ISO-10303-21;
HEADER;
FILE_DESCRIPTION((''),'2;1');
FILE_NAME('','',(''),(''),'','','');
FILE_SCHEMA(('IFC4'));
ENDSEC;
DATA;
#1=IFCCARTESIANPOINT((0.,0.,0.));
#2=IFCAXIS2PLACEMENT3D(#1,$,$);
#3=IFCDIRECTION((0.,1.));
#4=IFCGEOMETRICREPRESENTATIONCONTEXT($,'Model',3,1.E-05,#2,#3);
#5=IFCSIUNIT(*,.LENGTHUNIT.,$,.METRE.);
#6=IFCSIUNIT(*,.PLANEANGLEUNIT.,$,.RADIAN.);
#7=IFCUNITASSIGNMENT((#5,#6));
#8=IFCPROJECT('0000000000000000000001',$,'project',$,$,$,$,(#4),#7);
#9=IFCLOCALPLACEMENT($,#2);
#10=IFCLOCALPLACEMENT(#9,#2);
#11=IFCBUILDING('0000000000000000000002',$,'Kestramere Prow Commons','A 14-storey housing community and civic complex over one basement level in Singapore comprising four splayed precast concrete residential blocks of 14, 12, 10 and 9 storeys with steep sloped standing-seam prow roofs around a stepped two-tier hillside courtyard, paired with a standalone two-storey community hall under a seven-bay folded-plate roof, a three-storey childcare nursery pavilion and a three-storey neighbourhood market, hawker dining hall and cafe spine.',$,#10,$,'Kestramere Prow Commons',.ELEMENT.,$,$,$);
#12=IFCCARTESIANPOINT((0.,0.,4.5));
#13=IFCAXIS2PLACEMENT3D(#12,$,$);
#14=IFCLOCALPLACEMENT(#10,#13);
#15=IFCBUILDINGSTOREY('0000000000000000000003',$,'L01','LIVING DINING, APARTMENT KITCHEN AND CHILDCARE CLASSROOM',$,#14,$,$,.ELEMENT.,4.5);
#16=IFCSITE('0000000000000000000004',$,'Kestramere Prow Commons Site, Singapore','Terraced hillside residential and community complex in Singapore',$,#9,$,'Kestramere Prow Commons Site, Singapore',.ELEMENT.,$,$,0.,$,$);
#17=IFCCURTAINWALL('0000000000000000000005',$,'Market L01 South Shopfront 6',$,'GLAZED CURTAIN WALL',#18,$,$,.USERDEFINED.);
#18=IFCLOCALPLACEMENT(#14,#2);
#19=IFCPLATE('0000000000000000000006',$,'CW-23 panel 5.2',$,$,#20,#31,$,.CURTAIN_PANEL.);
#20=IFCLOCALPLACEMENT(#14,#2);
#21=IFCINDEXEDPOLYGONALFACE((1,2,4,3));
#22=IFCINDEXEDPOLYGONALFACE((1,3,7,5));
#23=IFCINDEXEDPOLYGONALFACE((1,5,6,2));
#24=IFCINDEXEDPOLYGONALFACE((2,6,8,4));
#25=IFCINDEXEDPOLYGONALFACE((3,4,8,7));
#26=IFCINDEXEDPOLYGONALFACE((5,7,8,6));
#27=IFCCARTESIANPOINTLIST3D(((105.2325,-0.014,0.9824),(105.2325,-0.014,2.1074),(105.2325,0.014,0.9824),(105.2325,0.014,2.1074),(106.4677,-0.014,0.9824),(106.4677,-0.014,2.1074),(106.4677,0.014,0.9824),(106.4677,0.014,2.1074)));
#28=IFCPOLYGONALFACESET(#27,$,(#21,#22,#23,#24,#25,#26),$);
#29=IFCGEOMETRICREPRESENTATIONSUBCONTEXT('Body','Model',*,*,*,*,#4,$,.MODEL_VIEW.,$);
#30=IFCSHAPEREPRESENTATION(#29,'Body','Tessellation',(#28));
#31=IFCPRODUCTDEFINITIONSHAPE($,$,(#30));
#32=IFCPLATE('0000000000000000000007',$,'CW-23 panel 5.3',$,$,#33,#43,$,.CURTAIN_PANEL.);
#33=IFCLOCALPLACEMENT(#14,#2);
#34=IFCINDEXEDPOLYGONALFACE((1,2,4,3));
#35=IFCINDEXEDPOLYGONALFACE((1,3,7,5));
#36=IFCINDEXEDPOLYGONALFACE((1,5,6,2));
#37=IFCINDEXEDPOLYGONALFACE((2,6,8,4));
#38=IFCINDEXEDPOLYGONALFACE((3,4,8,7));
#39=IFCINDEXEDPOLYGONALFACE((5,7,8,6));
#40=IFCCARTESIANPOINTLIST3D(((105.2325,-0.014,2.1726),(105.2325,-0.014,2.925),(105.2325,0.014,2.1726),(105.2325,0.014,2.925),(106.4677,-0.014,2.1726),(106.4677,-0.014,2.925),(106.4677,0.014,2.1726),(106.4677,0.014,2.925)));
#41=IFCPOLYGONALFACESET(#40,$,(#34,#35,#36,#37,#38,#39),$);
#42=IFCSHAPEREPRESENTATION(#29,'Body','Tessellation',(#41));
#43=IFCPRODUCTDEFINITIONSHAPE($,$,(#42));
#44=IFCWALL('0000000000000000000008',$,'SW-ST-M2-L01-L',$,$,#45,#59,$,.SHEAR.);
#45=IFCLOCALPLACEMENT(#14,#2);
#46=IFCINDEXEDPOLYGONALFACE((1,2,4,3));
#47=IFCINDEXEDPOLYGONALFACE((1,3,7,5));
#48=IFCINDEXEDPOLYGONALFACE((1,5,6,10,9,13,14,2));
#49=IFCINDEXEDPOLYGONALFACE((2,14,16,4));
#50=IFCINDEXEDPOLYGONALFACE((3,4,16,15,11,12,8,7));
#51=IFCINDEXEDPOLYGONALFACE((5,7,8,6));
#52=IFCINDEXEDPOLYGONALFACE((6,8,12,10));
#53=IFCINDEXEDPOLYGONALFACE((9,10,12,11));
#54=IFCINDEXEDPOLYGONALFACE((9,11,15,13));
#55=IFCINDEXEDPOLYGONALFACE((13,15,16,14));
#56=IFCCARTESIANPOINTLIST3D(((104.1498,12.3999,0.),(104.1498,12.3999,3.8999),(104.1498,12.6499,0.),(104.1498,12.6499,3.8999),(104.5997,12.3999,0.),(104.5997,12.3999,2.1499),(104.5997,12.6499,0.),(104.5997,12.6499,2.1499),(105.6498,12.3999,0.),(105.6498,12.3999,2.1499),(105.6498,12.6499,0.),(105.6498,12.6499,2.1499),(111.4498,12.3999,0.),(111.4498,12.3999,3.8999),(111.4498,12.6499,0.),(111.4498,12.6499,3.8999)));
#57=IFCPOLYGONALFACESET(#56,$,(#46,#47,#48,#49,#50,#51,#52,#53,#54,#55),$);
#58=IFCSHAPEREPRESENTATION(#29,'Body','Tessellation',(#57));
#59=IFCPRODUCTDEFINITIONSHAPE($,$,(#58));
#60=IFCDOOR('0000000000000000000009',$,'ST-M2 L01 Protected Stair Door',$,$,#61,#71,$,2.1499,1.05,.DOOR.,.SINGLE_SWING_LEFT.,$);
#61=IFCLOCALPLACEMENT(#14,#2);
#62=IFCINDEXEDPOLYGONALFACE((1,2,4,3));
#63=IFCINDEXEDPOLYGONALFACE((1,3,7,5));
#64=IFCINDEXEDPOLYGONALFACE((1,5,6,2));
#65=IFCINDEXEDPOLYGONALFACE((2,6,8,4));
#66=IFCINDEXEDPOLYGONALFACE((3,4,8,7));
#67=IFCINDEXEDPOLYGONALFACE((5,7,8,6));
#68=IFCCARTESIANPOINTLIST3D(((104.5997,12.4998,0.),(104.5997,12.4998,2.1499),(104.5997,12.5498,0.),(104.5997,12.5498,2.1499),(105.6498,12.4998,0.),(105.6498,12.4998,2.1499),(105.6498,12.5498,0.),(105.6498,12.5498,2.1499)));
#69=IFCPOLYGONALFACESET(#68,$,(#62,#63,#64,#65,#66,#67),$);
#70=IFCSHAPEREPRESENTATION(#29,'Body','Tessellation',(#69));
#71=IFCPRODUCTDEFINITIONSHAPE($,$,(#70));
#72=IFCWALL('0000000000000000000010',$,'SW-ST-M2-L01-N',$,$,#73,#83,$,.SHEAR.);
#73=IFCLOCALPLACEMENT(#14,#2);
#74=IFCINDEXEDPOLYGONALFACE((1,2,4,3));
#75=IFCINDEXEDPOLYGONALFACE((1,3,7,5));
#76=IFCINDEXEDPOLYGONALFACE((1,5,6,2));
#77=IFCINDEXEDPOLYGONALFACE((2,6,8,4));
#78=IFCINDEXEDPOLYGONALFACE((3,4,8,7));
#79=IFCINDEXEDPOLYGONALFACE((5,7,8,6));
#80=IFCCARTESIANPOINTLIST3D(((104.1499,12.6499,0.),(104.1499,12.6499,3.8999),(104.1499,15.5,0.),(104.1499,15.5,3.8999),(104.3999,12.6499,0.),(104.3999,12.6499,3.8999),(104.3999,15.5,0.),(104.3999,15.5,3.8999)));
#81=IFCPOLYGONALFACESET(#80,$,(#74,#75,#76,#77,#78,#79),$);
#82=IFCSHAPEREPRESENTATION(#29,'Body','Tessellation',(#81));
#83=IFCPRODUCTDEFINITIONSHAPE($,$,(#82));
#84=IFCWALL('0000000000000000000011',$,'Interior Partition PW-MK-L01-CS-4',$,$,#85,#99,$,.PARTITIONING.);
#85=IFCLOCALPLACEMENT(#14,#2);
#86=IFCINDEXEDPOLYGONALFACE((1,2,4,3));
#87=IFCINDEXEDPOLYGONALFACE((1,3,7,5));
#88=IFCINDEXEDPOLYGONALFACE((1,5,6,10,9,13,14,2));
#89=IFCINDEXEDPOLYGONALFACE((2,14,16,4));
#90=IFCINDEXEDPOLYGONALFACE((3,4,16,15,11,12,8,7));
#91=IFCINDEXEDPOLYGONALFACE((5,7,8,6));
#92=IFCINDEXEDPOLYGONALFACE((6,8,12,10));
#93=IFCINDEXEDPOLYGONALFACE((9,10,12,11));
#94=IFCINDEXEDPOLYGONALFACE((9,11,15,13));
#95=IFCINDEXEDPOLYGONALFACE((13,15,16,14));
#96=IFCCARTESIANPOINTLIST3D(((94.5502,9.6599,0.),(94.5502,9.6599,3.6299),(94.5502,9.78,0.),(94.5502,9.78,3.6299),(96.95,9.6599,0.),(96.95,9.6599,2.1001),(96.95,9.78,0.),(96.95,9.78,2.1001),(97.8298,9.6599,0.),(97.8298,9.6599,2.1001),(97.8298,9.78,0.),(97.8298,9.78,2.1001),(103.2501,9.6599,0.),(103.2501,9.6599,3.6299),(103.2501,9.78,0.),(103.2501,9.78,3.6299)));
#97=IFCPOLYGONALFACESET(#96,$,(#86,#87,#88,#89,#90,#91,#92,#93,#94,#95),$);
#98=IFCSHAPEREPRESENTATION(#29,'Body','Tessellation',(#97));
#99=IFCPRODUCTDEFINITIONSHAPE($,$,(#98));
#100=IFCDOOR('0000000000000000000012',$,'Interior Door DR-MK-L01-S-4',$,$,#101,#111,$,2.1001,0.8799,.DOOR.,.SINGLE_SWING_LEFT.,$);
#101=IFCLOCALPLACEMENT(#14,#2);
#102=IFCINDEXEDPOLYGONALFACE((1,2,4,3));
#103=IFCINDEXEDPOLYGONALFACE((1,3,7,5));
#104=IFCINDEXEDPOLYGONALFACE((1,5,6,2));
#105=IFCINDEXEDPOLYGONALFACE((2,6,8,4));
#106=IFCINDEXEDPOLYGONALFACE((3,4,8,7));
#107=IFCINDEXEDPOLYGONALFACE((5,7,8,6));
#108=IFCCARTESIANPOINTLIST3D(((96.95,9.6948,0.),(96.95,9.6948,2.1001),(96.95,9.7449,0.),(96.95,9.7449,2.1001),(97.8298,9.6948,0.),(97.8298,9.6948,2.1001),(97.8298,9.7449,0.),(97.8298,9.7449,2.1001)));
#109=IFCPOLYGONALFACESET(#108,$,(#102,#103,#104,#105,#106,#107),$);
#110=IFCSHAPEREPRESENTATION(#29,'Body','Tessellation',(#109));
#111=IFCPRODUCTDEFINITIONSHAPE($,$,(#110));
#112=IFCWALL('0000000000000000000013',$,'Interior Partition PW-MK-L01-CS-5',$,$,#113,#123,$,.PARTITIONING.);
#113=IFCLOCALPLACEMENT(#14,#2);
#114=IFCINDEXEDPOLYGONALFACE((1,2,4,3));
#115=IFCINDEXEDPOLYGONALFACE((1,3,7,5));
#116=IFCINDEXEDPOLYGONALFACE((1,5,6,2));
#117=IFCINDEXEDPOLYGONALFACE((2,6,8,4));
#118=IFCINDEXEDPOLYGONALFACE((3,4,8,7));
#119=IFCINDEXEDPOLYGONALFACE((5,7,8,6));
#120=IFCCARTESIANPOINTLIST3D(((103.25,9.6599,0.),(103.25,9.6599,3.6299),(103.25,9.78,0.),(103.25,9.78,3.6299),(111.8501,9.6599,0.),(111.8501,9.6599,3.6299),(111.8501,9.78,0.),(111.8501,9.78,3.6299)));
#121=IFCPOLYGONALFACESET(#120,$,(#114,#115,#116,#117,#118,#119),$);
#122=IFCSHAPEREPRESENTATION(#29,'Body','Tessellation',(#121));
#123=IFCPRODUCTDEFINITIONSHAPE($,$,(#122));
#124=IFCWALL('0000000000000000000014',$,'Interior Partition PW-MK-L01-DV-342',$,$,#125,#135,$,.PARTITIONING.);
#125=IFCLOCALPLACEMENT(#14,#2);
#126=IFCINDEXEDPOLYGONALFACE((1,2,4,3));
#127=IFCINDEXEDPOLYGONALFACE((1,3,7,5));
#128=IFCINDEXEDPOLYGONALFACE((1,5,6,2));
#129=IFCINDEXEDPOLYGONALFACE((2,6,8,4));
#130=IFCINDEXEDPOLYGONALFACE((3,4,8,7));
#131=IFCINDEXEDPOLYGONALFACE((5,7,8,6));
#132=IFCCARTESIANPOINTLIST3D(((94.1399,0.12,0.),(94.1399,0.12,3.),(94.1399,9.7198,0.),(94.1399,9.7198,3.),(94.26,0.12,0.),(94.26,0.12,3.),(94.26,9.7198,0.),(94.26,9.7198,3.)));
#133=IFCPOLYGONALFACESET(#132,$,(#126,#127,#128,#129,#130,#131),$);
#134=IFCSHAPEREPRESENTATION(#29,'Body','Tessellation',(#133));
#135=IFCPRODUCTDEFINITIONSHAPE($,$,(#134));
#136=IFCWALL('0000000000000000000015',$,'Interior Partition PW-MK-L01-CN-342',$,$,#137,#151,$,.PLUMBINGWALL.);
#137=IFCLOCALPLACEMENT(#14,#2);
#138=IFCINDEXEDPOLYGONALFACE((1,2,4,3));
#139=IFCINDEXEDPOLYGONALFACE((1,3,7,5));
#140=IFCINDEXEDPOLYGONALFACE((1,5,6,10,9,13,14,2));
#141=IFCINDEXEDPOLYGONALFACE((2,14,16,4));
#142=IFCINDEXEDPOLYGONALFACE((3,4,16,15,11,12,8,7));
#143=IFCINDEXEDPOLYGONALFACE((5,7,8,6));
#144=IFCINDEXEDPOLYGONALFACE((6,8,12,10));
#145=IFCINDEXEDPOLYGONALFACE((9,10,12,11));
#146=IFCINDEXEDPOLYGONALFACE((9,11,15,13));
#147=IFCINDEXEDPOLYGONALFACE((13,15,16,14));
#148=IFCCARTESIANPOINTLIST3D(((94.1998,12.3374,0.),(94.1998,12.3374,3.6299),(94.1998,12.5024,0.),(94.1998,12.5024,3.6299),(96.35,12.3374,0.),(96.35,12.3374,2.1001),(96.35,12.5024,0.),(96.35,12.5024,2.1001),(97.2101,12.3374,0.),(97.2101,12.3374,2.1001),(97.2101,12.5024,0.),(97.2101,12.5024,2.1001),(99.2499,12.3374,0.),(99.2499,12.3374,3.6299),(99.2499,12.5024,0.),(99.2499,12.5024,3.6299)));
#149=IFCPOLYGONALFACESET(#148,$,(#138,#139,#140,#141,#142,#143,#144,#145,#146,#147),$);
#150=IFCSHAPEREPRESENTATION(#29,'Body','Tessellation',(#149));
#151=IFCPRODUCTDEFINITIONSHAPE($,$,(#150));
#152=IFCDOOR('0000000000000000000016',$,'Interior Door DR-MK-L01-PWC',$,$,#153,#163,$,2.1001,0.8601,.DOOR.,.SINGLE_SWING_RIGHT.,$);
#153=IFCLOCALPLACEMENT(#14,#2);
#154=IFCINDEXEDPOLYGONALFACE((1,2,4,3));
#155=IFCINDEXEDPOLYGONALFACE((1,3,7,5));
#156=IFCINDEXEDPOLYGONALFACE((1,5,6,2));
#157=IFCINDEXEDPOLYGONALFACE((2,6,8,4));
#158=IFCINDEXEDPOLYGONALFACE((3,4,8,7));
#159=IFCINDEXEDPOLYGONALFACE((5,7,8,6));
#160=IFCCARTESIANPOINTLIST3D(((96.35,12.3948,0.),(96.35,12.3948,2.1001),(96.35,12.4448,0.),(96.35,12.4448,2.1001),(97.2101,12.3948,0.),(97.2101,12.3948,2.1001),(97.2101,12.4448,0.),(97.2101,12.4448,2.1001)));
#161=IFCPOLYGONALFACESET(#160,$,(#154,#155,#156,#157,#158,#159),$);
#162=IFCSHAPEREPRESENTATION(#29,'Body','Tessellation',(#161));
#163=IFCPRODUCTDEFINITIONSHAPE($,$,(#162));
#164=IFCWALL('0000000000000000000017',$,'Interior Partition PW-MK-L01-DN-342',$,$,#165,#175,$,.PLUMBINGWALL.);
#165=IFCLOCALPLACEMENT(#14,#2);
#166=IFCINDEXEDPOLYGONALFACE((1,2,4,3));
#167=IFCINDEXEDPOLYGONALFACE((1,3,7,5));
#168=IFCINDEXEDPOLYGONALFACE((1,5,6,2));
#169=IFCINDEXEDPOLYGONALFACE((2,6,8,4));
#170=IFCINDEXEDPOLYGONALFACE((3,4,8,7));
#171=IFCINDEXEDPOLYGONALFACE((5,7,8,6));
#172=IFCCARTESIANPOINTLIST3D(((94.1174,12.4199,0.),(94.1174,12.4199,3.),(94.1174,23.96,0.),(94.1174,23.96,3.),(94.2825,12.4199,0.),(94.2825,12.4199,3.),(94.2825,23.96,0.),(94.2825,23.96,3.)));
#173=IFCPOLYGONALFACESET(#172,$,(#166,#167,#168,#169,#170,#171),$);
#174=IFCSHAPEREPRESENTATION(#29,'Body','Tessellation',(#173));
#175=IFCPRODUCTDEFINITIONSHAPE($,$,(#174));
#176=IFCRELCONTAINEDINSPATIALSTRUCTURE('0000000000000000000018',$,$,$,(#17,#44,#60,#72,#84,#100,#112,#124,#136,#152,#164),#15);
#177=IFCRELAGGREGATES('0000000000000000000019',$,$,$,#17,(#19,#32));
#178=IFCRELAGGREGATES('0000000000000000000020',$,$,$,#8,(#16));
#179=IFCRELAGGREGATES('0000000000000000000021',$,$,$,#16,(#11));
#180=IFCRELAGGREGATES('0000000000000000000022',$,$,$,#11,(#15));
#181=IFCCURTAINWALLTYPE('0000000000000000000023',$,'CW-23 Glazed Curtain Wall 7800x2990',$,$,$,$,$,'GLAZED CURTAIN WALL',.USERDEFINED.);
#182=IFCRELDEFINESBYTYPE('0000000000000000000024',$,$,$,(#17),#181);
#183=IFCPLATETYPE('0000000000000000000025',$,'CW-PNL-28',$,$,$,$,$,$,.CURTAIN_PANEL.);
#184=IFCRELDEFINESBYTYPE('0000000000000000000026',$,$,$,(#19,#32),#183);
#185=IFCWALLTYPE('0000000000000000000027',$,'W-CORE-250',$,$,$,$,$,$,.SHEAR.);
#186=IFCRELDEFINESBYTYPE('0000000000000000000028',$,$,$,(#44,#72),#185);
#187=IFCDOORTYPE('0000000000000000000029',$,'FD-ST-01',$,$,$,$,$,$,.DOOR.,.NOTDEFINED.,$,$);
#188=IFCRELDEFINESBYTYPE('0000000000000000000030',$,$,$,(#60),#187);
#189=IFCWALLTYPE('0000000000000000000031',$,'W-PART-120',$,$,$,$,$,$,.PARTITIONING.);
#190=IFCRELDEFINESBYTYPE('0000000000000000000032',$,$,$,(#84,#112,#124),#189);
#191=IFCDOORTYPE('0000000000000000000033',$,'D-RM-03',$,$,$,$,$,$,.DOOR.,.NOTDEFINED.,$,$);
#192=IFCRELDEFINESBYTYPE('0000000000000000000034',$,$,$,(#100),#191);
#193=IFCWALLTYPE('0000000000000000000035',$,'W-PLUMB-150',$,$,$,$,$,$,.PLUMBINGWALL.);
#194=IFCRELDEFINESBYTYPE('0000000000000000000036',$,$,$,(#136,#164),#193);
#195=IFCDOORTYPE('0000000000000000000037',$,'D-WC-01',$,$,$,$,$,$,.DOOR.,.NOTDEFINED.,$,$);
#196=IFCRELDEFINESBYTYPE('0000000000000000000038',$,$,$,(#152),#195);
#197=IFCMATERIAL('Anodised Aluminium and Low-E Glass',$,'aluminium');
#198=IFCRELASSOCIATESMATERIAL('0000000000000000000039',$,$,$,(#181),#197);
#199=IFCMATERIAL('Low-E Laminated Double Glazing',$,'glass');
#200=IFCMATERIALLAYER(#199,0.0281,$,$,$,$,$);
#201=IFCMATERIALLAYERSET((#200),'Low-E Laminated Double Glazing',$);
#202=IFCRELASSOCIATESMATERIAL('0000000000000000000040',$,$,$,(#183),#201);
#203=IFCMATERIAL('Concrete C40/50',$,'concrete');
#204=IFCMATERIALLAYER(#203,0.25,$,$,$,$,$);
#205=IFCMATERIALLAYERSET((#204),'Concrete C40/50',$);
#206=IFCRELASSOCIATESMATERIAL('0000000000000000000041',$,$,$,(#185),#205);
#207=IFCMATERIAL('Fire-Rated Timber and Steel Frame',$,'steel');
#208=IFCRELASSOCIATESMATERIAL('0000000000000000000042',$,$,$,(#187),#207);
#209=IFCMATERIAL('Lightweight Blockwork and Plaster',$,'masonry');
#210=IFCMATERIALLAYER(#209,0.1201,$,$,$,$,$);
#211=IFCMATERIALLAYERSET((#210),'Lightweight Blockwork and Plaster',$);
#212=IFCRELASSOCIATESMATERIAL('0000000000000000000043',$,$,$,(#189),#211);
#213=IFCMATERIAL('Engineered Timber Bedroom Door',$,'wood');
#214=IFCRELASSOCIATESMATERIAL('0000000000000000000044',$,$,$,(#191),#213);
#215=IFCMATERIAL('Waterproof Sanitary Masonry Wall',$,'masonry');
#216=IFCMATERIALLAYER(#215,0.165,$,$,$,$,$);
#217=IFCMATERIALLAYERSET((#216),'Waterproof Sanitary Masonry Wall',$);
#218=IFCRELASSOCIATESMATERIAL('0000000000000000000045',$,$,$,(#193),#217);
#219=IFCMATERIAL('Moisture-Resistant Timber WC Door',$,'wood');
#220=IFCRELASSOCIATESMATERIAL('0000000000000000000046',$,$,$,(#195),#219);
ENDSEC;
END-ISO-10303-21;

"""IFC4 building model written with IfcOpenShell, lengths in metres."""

from ifc_helpers import new_model, si_unit, direction, frame, frame_2d, origin, origin_2d, place, context, subcontext, project, spatial, rectangle, extrude, material, layer, layer_set, type_object, element, fill, aggregate, save


model = new_model("IFC4")

# Units and contexts
model_context = context("Model", 3, precision=1e-05, world=origin(), true_north=direction((0.0, 1.0)))
body_context = subcontext(model_context, "Body", "Model", "MODEL_VIEW")
ifc_project = project(units=[si_unit("LENGTHUNIT", "METRE"), si_unit("PLANEANGLEUNIT", "RADIAN")], contexts=[model_context])

# Site, building, storey
site_placement = place(None, origin())
site = spatial("IfcSite", under=ifc_project, at=site_placement, Name="Kestramere Prow Commons Site, Singapore", Description="Terraced hillside residential and community complex in Singapore", LongName="Kestramere Prow Commons Site, Singapore", CompositionType="ELEMENT", RefElevation=0.0)
building_placement = place(site_placement, origin())
building = spatial("IfcBuilding", under=site, at=building_placement, Name="Kestramere Prow Commons", Description="A 14-storey housing community and civic complex over one basement level in Singapore comprising four splayed precast concrete residential blocks of 14, 12, 10 and 9 storeys with steep sloped standing-seam prow roofs around a stepped two-tier hillside courtyard, paired with a standalone two-storey community hall under a seven-bay folded-plate roof, a three-storey childcare nursery pavilion and a three-storey neighbourhood market, hawker dining hall and cafe spine.", LongName="Kestramere Prow Commons", CompositionType="ELEMENT")
storey_placement = place(building_placement, frame((0.0, 0.0, 4.5)))
storey = spatial("IfcBuildingStorey", under=building, at=storey_placement, Name="L01", Description="LIVING DINING, APARTMENT KITCHEN AND CHILDCARE CLASSROOM", CompositionType="ELEMENT", Elevation=4.5)

# Curtain wall, plates
ifc_material_1 = material(Name="Anodised Aluminium and Low-E Glass", Category="aluminium")
curtain_wall_type = type_object("IfcCurtainWallType", Name="CW-23 Glazed Curtain Wall 7800x2990", ElementType="GLAZED CURTAIN WALL", PredefinedType="USERDEFINED", material=ifc_material_1)
curtain_wall_placement = place(storey_placement, origin())
curtain_wall = element("IfcCurtainWall", 1, at=curtain_wall_placement, inside=storey, type_object=curtain_wall_type, Name="Market L01 South Shopfront 6", ObjectType="GLAZED CURTAIN WALL", PredefinedType="USERDEFINED")
ifc_material_2 = material(Name="Low-E Laminated Double Glazing", Category="glass")
ifc_layer_1 = layer(ifc_material_2, 0.0281)
ifc_layer_set_1 = layer_set([ifc_layer_1], Name="Low-E Laminated Double Glazing")
plate_type = type_object("IfcPlateType", Name="CW-PNL-28", PredefinedType="CURTAIN_PANEL", material=ifc_layer_set_1)
plate_1_placement = place(storey_placement, frame((105.8501, 0.0, 0.9824), z_axis=(0.0, 0.0, 1.0), x_axis=(-1.0, 0.0, 0.0)))
plate_1 = element("IfcPlate", 2, at=plate_1_placement, type_object=plate_type, Name="CW-23 panel 5.2", PredefinedType="CURTAIN_PANEL", context=body_context, shape_type="SweptSolid", body=[
    extrude(rectangle(XDim=1.2351, YDim=0.0281, at=origin_2d()), origin(), (0.0, 0.0, 1.0), 1.125),
])
plate_2_placement = place(storey_placement, frame((105.8501, 0.0, 2.1726), z_axis=(0.0, 0.0, 1.0), x_axis=(-1.0, 0.0, 0.0)))
plate_2 = element("IfcPlate", 3, at=plate_2_placement, type_object=plate_type, Name="CW-23 panel 5.3", PredefinedType="CURTAIN_PANEL", context=body_context, shape_type="SweptSolid", body=[
    extrude(rectangle(XDim=1.2351, YDim=0.0281, at=origin_2d()), origin(), (0.0, 0.0, 1.0), 0.7524),
])
aggregate(curtain_wall, [plate_1, plate_2])

# Wall, opening, door
ifc_material_3 = material(Name="Concrete C40/50", Category="concrete")
ifc_layer_2 = layer(ifc_material_3, 0.25)
ifc_layer_set_2 = layer_set([ifc_layer_2], Name="Concrete C40/50")
wall_type_1 = type_object("IfcWallType", Name="W-CORE-250", PredefinedType="SHEAR", material=ifc_layer_set_2)
wall_1_placement = place(storey_placement, frame((104.1499, 12.5249, 0.0), z_axis=(0.0, 0.0, 1.0), x_axis=(1.0, 0.0, 0.0)))
wall_1 = element("IfcWall", 4, at=wall_1_placement, inside=storey, type_object=wall_type_1, Name="SW-ST-M2-L01-L", PredefinedType="SHEAR", context=body_context, shape_type="SweptSolid", body=[
    extrude(rectangle(XDim=7.3, YDim=0.25, at=frame_2d((3.6499, 0.0))), origin(), (0.0, 0.0, 1.0), 3.8999),
])
opening_1_placement = place(wall_1_placement, frame((0.45, 0.0, 0.0)))
opening_1 = element("IfcOpeningElement", 5, at=opening_1_placement, cuts=wall_1, PredefinedType="OPENING", context=body_context, shape_type="SweptSolid", body=[
    extrude(rectangle(XDim=1.05, YDim=2.1499, at=frame_2d((0.5249, 1.075))), frame((0.0, 0.1399, 0.0), z_axis=(0.0, -1.0, 0.0), x_axis=(1.0, 0.0, 0.0)), (0.0, 0.0, 1.0), 0.28),
])
ifc_material_4 = material(Name="Fire-Rated Timber and Steel Frame", Category="steel")
door_type_1 = type_object("IfcDoorType", Name="FD-ST-01", OperationType="NOTDEFINED", PredefinedType="DOOR", material=ifc_material_4)
door_1_placement = place(opening_1_placement, origin())
door_1 = element("IfcDoor", 6, at=door_1_placement, inside=storey, type_object=door_type_1, Name="ST-M2 L01 Protected Stair Door", OperationType="SINGLE_SWING_LEFT", OverallHeight=2.1499, OverallWidth=1.05, PredefinedType="DOOR", context=body_context, shape_type="SweptSolid", body=[
    extrude(rectangle(XDim=1.05, YDim=2.1499, at=frame_2d((0.5249, 1.075))), frame((0.0, 0.0249, 0.0), z_axis=(0.0, -1.0, 0.0), x_axis=(1.0, 0.0, 0.0)), (0.0, 0.0, 1.0), 0.05),
])
fill(opening_1, door_1)

# Wall
wall_2_placement = place(storey_placement, frame((104.2749, 12.6499, 0.0), z_axis=(0.0, 0.0, 1.0), x_axis=(0.0, 1.0, 0.0)))
element("IfcWall", 7, at=wall_2_placement, inside=storey, type_object=wall_type_1, Name="SW-ST-M2-L01-N", PredefinedType="SHEAR", context=body_context, shape_type="SweptSolid", body=[
    extrude(rectangle(XDim=2.8501, YDim=0.25, at=frame_2d((1.425, 0.0))), origin(), (0.0, 0.0, 1.0), 3.8999),
])

# Wall, opening, door
ifc_material_5 = material(Name="Lightweight Blockwork and Plaster", Category="masonry")
ifc_layer_3 = layer(ifc_material_5, 0.1201)
ifc_layer_set_3 = layer_set([ifc_layer_3], Name="Lightweight Blockwork and Plaster")
wall_type_2 = type_object("IfcWallType", Name="W-PART-120", PredefinedType="PARTITIONING", material=ifc_layer_set_3)
wall_3_placement = place(storey_placement, frame((94.55, 9.72, 0.0), z_axis=(0.0, 0.0, 1.0), x_axis=(1.0, 0.0, 0.0)))
wall_3 = element("IfcWall", 8, at=wall_3_placement, inside=storey, type_object=wall_type_2, Name="Interior Partition PW-MK-L01-CS-4", PredefinedType="PARTITIONING", context=body_context, shape_type="SweptSolid", body=[
    extrude(rectangle(XDim=8.7, YDim=0.1201, at=frame_2d((4.3501, 0.0))), origin(), (0.0, 0.0, 1.0), 3.6299),
])
opening_2_placement = place(wall_3_placement, frame((2.3999, 0.0, 0.0)))
opening_2 = element("IfcOpeningElement", 9, at=opening_2_placement, cuts=wall_3, PredefinedType="OPENING", context=body_context, shape_type="SweptSolid", body=[
    extrude(rectangle(XDim=0.8799, YDim=2.1001, at=frame_2d((0.4399, 1.05))), frame((0.0, 0.075, 0.0), z_axis=(0.0, -1.0, 0.0), x_axis=(1.0, 0.0, 0.0)), (0.0, 0.0, 1.0), 0.1501),
])
ifc_material_6 = material(Name="Engineered Timber Bedroom Door", Category="wood")
door_type_2 = type_object("IfcDoorType", Name="D-RM-03", OperationType="NOTDEFINED", PredefinedType="DOOR", material=ifc_material_6)
door_2_placement = place(opening_2_placement, origin())
door_2 = element("IfcDoor", 10, at=door_2_placement, inside=storey, type_object=door_type_2, Name="Interior Door DR-MK-L01-S-4", OperationType="SINGLE_SWING_LEFT", OverallHeight=2.1001, OverallWidth=0.8799, PredefinedType="DOOR", context=body_context, shape_type="SweptSolid", body=[
    extrude(rectangle(XDim=0.8799, YDim=2.1001, at=frame_2d((0.4399, 1.05))), frame((0.0, 0.0249, 0.0), z_axis=(0.0, -1.0, 0.0), x_axis=(1.0, 0.0, 0.0)), (0.0, 0.0, 1.0), 0.05),
])
fill(opening_2, door_2)

# Walls
wall_4_placement = place(storey_placement, frame((103.25, 9.72, 0.0), z_axis=(0.0, 0.0, 1.0), x_axis=(1.0, 0.0, 0.0)))
element("IfcWall", 11, at=wall_4_placement, inside=storey, type_object=wall_type_2, Name="Interior Partition PW-MK-L01-CS-5", PredefinedType="PARTITIONING", context=body_context, shape_type="SweptSolid", body=[
    extrude(rectangle(XDim=8.6001, YDim=0.1201, at=frame_2d((4.3, 0.0))), origin(), (0.0, 0.0, 1.0), 3.6299),
])
wall_5_placement = place(storey_placement, frame((94.2, 0.1201, 0.0), z_axis=(0.0, 0.0, 1.0), x_axis=(0.0, 1.0, 0.0)))
element("IfcWall", 12, at=wall_5_placement, inside=storey, type_object=wall_type_2, Name="Interior Partition PW-MK-L01-DV-342", PredefinedType="PARTITIONING", context=body_context, shape_type="SweptSolid", body=[
    extrude(rectangle(XDim=9.5999, YDim=0.1201, at=frame_2d((4.7998, 0.0))), origin(), (0.0, 0.0, 1.0), 3.0),
])

# Wall, opening, door
ifc_material_7 = material(Name="Waterproof Sanitary Masonry Wall", Category="masonry")
ifc_layer_4 = layer(ifc_material_7, 0.165)
ifc_layer_set_4 = layer_set([ifc_layer_4], Name="Waterproof Sanitary Masonry Wall")
wall_type_3 = type_object("IfcWallType", Name="W-PLUMB-150", PredefinedType="PLUMBINGWALL", material=ifc_layer_set_4)
wall_6_placement = place(storey_placement, frame((94.2, 12.4199, 0.0), z_axis=(0.0, 0.0, 1.0), x_axis=(1.0, 0.0, 0.0)))
wall_6 = element("IfcWall", 13, at=wall_6_placement, inside=storey, type_object=wall_type_3, Name="Interior Partition PW-MK-L01-CN-342", PredefinedType="PLUMBINGWALL", context=body_context, shape_type="SweptSolid", body=[
    extrude(rectangle(XDim=5.05, YDim=0.165, at=frame_2d((2.5249, 0.0))), origin(), (0.0, 0.0, 1.0), 3.6299),
])
opening_3_placement = place(wall_6_placement, frame((2.1499, 0.0, 0.0)))
opening_3 = element("IfcOpeningElement", 14, at=opening_3_placement, cuts=wall_6, PredefinedType="OPENING", context=body_context, shape_type="SweptSolid", body=[
    extrude(rectangle(XDim=0.8601, YDim=2.1001, at=frame_2d((0.4302, 1.05))), frame((0.0, 0.0974, 0.0), z_axis=(0.0, -1.0, 0.0), x_axis=(1.0, 0.0, 0.0)), (0.0, 0.0, 1.0), 0.1951),
])
ifc_material_8 = material(Name="Moisture-Resistant Timber WC Door", Category="wood")
door_type_3 = type_object("IfcDoorType", Name="D-WC-01", OperationType="NOTDEFINED", PredefinedType="DOOR", material=ifc_material_8)
door_3_placement = place(opening_3_placement, origin())
door_3 = element("IfcDoor", 15, at=door_3_placement, inside=storey, type_object=door_type_3, Name="Interior Door DR-MK-L01-PWC", OperationType="SINGLE_SWING_RIGHT", OverallHeight=2.1001, OverallWidth=0.8601, PredefinedType="DOOR", context=body_context, shape_type="SweptSolid", body=[
    extrude(rectangle(XDim=0.8601, YDim=2.1001, at=frame_2d((0.4302, 1.05))), frame((0.0, 0.0249, 0.0), z_axis=(0.0, -1.0, 0.0), x_axis=(1.0, 0.0, 0.0)), (0.0, 0.0, 1.0), 0.05),
])
fill(opening_3, door_3)

# Wall
wall_7_placement = place(storey_placement, frame((94.2, 12.4199, 0.0), z_axis=(0.0, 0.0, 1.0), x_axis=(0.0, 1.0, 0.0)))
element("IfcWall", 16, at=wall_7_placement, inside=storey, type_object=wall_type_3, Name="Interior Partition PW-MK-L01-DN-342", PredefinedType="PLUMBINGWALL", context=body_context, shape_type="SweptSolid", body=[
    extrude(rectangle(XDim=11.54, YDim=0.165, at=frame_2d((5.77, 0.0))), origin(), (0.0, 0.0, 1.0), 3.0),
])

save(model, "model.ifc")
